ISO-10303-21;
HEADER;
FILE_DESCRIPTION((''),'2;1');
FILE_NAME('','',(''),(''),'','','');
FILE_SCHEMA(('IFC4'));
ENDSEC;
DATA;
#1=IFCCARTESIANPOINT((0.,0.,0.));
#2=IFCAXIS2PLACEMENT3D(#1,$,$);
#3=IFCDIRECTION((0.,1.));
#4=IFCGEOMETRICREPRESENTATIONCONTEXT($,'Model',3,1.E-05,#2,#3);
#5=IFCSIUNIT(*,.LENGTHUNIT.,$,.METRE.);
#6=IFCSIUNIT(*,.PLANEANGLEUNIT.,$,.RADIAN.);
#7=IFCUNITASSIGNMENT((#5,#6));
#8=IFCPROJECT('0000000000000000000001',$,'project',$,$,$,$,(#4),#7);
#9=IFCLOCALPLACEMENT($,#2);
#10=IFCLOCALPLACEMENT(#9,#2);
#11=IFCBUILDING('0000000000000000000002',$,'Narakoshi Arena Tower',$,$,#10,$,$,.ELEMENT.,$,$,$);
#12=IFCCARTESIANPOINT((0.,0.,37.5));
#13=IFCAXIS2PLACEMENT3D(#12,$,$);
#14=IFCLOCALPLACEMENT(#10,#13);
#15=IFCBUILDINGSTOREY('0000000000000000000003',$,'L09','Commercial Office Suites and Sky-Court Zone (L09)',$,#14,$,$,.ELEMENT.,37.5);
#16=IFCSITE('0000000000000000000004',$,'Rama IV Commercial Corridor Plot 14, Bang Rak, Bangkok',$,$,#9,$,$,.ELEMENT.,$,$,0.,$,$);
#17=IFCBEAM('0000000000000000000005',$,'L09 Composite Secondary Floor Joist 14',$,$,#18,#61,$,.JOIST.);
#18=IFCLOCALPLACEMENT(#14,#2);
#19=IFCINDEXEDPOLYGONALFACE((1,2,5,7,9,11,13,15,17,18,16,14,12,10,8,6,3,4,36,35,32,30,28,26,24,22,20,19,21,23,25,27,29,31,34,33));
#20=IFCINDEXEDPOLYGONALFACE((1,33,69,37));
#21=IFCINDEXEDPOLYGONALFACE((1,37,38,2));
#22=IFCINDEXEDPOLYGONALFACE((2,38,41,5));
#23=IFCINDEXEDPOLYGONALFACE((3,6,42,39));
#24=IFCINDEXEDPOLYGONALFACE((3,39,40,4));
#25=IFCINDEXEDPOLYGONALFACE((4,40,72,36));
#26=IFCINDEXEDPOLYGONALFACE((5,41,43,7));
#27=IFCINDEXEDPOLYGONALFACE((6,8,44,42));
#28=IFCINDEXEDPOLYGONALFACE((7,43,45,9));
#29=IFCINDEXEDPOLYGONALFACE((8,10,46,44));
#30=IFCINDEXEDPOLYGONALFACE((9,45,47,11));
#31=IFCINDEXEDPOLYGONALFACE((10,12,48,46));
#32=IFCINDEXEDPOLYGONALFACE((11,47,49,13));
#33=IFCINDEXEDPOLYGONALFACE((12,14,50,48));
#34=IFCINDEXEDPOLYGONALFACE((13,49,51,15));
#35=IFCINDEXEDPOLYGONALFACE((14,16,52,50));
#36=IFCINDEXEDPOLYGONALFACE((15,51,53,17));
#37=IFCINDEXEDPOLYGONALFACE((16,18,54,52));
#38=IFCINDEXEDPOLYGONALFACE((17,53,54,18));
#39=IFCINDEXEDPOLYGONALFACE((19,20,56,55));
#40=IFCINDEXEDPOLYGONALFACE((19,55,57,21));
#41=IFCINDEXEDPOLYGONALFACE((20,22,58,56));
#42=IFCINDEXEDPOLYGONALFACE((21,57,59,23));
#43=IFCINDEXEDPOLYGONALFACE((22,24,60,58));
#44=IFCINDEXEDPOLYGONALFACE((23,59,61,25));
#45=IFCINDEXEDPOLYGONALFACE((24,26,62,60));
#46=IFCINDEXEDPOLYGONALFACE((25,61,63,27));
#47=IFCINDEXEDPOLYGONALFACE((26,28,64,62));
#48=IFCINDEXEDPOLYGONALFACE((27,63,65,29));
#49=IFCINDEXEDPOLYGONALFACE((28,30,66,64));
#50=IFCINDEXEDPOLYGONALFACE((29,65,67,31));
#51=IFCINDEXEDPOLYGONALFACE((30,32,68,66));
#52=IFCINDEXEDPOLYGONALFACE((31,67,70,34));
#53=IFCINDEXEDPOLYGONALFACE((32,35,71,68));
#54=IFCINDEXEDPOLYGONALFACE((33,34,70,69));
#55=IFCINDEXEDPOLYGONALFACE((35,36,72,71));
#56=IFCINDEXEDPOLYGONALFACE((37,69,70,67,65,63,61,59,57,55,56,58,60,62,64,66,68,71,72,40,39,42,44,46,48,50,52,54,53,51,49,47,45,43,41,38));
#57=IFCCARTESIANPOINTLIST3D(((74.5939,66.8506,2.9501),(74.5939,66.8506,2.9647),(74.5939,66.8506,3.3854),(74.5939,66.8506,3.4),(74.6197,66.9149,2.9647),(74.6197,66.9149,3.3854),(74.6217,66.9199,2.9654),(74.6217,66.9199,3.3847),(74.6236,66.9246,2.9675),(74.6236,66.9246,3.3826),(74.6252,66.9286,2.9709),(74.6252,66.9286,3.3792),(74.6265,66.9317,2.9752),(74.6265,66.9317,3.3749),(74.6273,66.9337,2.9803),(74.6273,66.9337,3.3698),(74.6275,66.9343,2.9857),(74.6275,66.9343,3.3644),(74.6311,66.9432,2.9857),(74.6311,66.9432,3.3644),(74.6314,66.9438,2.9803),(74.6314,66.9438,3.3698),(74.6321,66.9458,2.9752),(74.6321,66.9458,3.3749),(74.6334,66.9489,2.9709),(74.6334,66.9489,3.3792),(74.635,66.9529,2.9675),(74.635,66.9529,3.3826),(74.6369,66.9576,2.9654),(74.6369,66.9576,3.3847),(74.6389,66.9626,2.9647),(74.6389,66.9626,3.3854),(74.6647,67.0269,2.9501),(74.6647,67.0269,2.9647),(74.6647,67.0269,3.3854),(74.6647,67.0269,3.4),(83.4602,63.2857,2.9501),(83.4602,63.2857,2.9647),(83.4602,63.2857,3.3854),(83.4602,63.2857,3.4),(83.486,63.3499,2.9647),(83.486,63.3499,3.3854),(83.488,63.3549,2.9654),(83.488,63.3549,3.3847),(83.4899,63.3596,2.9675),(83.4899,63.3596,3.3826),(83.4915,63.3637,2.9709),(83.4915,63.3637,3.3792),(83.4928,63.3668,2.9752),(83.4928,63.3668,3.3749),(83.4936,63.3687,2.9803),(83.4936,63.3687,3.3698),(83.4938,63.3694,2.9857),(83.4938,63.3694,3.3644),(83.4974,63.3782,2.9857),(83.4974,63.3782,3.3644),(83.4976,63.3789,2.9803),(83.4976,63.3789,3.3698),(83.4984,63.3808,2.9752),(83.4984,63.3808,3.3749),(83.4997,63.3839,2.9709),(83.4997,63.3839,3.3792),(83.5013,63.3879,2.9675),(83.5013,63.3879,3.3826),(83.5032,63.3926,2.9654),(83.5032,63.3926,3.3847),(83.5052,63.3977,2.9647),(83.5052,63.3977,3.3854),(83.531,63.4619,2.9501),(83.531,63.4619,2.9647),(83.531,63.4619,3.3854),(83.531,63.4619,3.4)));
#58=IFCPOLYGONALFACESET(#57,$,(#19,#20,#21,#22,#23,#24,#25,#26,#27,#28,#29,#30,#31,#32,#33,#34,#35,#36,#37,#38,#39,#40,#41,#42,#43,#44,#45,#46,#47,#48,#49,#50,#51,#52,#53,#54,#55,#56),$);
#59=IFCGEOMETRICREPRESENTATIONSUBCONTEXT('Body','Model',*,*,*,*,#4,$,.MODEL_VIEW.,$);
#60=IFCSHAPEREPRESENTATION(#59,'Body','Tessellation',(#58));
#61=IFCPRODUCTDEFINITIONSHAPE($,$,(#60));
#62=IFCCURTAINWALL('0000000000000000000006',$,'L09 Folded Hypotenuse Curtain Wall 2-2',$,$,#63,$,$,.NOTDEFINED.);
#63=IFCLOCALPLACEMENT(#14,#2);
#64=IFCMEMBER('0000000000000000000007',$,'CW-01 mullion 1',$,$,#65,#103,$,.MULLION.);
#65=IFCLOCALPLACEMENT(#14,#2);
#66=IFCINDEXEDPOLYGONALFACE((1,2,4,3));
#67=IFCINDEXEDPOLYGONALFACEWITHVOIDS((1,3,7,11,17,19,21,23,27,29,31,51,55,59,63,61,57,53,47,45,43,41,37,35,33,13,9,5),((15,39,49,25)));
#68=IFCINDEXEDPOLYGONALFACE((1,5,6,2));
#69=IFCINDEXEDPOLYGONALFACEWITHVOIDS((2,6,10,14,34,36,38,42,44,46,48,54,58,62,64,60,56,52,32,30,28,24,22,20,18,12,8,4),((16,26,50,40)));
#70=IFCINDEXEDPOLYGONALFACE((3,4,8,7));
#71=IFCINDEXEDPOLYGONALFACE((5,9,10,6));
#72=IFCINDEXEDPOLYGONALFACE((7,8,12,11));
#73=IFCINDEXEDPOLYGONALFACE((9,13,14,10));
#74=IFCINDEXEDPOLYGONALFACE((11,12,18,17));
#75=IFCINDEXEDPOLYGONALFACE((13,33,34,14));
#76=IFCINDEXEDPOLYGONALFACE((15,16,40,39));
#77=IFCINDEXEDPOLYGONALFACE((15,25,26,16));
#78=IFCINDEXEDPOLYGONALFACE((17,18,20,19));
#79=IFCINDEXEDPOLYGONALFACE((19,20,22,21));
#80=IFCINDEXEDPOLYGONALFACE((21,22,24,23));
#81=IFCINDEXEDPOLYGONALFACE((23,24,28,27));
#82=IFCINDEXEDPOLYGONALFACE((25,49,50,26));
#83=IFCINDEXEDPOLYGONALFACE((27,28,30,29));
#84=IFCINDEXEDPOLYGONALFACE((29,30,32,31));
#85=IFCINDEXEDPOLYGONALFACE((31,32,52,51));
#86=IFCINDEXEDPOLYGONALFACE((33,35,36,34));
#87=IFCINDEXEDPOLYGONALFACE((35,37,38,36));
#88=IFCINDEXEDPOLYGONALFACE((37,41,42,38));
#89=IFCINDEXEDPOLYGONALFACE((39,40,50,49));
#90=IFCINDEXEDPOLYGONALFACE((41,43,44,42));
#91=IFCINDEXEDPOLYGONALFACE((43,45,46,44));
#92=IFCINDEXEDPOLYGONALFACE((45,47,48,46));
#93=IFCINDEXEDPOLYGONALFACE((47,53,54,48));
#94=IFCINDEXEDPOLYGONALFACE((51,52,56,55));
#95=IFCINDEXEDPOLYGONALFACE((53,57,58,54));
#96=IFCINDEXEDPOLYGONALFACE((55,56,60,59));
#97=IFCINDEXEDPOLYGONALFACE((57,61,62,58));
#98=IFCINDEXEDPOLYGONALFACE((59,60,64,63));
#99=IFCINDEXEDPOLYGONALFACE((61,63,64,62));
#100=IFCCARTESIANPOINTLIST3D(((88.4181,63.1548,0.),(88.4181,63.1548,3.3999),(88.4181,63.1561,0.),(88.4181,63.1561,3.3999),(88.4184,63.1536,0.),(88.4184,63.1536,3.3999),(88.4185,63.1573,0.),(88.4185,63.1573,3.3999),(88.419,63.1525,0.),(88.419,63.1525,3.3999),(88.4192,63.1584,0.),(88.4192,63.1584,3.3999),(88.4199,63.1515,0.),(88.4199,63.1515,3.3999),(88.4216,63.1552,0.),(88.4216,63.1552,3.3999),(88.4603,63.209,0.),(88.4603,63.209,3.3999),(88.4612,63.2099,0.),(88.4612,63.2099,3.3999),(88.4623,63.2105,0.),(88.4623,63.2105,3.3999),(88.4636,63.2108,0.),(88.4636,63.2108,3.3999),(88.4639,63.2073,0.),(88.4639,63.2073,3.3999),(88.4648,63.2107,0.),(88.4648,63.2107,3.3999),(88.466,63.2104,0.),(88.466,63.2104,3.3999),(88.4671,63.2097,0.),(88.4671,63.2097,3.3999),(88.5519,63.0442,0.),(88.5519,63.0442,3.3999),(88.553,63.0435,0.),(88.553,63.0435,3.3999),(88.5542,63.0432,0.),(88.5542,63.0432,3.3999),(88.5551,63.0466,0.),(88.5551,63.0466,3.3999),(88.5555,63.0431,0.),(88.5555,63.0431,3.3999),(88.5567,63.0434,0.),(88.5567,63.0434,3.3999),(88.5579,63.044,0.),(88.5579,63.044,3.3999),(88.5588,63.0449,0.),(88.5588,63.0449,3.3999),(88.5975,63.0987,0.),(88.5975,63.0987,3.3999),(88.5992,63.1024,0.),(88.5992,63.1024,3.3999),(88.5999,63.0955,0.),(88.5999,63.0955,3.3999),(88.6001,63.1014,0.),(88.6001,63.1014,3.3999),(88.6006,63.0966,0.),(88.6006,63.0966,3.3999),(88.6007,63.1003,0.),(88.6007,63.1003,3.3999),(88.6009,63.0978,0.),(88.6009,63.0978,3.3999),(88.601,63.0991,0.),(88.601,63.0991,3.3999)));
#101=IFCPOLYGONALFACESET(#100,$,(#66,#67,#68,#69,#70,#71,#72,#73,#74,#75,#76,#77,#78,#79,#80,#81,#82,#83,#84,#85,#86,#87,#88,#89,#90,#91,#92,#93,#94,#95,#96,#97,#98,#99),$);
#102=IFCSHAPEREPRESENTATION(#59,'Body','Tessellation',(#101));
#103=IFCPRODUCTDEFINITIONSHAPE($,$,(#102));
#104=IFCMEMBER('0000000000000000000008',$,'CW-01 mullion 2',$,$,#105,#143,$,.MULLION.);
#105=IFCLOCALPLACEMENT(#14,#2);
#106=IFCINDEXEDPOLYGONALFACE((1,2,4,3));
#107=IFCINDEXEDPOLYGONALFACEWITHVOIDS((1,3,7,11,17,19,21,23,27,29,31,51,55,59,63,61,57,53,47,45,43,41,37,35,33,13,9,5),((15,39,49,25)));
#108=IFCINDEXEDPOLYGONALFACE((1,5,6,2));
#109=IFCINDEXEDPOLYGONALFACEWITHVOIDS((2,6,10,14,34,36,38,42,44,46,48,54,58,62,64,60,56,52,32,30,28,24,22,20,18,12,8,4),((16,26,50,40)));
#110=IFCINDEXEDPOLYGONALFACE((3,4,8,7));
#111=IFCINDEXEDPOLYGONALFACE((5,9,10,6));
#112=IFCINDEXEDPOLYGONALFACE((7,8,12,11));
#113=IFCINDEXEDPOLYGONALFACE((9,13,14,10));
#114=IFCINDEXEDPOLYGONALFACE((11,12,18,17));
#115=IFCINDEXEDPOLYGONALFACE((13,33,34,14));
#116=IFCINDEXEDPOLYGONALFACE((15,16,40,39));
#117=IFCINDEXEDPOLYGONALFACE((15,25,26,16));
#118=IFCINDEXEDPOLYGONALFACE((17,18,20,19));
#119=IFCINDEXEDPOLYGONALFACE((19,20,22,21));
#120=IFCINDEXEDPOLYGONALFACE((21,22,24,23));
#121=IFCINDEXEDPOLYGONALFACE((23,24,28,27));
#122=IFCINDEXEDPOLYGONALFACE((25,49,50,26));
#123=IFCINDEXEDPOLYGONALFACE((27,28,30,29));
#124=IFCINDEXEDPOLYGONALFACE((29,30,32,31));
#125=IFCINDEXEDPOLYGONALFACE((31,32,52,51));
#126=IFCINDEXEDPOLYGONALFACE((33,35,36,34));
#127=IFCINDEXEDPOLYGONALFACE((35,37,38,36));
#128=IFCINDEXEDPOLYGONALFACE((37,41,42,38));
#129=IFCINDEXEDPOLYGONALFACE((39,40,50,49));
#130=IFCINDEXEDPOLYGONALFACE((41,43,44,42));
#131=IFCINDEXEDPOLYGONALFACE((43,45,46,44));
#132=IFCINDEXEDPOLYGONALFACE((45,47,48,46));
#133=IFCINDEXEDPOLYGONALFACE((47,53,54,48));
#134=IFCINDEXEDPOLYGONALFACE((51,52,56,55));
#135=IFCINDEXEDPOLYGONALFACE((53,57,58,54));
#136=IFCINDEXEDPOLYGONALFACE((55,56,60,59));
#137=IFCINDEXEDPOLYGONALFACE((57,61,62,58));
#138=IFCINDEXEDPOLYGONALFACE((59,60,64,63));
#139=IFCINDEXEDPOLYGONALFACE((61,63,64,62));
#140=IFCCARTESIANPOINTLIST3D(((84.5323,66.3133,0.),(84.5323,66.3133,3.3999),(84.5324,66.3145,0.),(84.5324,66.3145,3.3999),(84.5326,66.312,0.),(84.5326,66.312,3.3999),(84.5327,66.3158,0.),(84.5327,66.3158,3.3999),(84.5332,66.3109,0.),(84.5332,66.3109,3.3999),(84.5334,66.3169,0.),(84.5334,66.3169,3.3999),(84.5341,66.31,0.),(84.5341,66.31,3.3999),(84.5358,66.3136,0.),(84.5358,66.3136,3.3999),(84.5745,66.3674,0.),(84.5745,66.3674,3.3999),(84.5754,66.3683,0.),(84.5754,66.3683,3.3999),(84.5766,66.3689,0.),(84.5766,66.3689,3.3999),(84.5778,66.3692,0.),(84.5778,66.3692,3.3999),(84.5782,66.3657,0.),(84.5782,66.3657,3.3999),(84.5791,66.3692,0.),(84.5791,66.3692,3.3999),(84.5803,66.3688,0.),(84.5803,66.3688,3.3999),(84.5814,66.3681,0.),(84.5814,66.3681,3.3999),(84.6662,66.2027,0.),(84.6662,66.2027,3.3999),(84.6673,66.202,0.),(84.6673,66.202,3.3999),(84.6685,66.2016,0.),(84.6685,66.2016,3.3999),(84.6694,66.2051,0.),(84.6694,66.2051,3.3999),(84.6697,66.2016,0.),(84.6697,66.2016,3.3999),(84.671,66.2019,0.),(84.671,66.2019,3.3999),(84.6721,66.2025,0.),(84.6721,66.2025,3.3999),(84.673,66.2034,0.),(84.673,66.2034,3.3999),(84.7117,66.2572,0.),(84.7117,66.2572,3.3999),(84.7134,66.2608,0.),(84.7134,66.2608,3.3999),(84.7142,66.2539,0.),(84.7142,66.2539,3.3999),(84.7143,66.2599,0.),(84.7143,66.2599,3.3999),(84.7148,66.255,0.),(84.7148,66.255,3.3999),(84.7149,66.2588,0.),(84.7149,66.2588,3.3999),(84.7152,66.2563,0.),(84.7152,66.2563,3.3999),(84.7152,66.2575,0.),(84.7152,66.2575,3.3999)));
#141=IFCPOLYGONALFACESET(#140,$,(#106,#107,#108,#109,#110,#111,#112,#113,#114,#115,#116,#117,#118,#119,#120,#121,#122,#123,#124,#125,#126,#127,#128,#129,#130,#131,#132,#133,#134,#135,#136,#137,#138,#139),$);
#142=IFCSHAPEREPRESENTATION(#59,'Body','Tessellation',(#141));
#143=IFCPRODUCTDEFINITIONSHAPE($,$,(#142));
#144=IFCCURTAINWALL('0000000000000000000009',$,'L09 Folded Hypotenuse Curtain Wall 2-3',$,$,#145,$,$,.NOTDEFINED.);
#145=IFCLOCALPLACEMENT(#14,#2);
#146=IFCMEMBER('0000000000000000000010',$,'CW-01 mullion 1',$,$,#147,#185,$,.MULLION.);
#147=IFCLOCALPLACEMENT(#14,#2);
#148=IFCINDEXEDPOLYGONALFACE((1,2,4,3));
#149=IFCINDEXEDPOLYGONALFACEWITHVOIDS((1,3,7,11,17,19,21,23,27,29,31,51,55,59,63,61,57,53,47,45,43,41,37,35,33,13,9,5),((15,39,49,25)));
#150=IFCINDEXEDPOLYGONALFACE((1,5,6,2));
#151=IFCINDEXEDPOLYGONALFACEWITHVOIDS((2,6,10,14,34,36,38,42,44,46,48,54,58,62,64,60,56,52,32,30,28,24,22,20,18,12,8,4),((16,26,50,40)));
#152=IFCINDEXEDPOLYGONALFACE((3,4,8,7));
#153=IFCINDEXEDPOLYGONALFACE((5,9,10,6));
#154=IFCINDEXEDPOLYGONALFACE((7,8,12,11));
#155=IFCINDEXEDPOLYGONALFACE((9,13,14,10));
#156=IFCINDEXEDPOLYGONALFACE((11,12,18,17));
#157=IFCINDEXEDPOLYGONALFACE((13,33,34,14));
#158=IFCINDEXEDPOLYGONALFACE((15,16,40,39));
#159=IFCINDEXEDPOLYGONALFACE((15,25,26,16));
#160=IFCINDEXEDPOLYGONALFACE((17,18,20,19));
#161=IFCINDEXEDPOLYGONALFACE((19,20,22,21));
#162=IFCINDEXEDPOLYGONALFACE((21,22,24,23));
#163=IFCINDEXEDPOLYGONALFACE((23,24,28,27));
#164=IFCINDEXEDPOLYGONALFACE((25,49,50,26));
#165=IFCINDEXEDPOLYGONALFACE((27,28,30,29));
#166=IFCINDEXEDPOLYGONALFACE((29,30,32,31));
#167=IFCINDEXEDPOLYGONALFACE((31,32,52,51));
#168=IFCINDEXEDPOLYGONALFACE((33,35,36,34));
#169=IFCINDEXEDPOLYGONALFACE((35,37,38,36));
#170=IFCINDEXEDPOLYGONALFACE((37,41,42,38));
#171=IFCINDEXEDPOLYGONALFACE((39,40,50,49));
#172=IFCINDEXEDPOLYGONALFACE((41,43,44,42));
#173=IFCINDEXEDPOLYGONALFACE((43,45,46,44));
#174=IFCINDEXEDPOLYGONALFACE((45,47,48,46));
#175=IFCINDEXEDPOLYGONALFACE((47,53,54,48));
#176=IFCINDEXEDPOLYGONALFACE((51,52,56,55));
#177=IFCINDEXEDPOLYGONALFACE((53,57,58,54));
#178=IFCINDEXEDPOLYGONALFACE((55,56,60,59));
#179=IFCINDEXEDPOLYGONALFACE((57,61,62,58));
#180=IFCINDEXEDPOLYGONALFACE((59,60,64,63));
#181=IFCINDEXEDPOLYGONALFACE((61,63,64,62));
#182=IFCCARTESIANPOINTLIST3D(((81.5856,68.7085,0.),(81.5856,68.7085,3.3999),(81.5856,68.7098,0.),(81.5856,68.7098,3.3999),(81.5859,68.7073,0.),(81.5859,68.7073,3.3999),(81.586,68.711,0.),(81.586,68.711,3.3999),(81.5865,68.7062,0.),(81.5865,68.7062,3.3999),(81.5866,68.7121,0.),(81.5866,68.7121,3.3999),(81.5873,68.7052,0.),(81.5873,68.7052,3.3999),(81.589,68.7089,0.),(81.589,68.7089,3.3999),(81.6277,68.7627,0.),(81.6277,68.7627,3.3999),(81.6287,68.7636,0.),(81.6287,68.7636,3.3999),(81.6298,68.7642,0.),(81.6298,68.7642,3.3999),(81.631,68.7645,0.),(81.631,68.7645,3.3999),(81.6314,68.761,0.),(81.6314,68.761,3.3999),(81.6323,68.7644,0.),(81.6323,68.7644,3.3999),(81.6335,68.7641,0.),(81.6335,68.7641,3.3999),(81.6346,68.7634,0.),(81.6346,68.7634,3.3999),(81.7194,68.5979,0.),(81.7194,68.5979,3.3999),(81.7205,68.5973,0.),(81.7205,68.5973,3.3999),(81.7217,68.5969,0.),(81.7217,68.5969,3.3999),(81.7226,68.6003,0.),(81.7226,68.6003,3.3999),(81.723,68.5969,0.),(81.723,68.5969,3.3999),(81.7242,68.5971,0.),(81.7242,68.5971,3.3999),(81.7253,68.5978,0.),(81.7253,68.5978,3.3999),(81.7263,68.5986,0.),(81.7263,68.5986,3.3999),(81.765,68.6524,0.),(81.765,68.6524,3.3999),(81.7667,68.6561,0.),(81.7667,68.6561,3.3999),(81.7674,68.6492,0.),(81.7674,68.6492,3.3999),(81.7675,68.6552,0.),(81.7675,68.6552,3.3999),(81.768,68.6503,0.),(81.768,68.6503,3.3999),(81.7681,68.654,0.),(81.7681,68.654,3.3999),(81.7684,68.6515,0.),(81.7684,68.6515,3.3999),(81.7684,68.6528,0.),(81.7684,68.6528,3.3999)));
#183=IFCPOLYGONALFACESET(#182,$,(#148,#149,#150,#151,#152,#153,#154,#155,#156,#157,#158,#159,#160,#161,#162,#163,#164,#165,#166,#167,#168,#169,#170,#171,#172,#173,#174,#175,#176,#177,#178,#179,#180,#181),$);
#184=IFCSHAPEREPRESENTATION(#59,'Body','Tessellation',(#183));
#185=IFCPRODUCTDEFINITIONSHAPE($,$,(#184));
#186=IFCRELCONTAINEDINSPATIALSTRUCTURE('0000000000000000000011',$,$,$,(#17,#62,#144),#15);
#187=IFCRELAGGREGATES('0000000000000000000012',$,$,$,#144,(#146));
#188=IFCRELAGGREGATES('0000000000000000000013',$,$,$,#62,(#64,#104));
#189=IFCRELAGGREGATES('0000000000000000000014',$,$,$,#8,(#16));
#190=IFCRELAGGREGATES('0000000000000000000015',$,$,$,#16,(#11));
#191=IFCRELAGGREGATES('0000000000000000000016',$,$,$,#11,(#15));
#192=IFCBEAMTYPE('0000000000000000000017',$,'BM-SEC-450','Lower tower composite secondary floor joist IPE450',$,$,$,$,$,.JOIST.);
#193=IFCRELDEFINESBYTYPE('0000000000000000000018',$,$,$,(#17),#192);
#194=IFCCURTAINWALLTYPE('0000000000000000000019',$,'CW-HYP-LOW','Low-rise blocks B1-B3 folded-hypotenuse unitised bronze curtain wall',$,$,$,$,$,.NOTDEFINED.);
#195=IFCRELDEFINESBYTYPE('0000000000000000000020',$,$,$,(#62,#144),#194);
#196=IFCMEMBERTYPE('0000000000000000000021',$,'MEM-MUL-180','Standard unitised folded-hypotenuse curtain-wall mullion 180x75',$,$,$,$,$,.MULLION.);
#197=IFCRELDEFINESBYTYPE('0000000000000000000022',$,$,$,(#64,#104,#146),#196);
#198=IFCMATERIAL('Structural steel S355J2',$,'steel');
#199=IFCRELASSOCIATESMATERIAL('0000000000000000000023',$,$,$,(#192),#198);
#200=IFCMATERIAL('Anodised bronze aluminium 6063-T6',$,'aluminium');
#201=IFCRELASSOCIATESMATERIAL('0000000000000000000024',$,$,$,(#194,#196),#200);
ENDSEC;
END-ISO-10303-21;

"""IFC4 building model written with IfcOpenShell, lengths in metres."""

from ifc_helpers import new_model, si_unit, direction, frame, origin, origin_2d, place, context, subcontext, project, spatial, hollow_rectangle, i_section, extrude, material, material_profile, profile_set, type_object, element, aggregate, save


model = new_model("IFC4")

# Units and contexts
model_context = context("Model", 3, precision=1e-05, world=origin(), true_north=direction((0.0, 1.0)))
body_context = subcontext(model_context, "Body", "Model", "MODEL_VIEW")
ifc_project = project(units=[si_unit("LENGTHUNIT", "METRE"), si_unit("PLANEANGLEUNIT", "RADIAN")], contexts=[model_context])

# Site, building, storey
site_placement = place(None, origin())
site = spatial("IfcSite", under=ifc_project, at=site_placement, Name="Rama IV Commercial Corridor Plot 14, Bang Rak, Bangkok", CompositionType="ELEMENT", RefElevation=0.0)
building_placement = place(site_placement, origin())
building = spatial("IfcBuilding", under=site, at=building_placement, Name="Narakoshi Arena Tower", CompositionType="ELEMENT")
storey_placement = place(building_placement, frame((0.0, 0.0, 37.5)))
storey = spatial("IfcBuildingStorey", under=building, at=storey_placement, Name="L09", Description="Commercial Office Suites and Sky-Court Zone (L09)", CompositionType="ELEMENT", Elevation=37.5)

# Beam
ifc_material_1 = material(Name="Structural steel S355J2", Category="steel")
ifc_material_profile_1 = material_profile(ifc_material_1, i_section(OverallWidth=0.1899, OverallDepth=0.45, WebThickness=0.0095, FlangeThickness=0.0146, FilletRadius=0.021, at=origin_2d()), Name="IPE450")
ifc_profile_set_1 = profile_set([ifc_material_profile_1], Name="Structural steel S355J2")
beam_type_1 = type_object("IfcBeamType", Name="BM-SEC-450", Description="Lower tower composite secondary floor joist IPE450", PredefinedType="JOIST", material=ifc_profile_set_1)
beam_1_placement = place(storey_placement, frame((83.4956, 63.3738, 3.175), z_axis=(-0.927809, 0.373055, 0.0), x_axis=(-0.373055, -0.927809, 0.0)))
element("IfcBeam", 1, at=beam_1_placement, inside=storey, type_object=beam_type_1, Name="L09 Composite Secondary Floor Joist 14", PredefinedType="JOIST", context=body_context, shape_type="SweptSolid", body=[
    extrude(i_section(OverallWidth=0.1899, OverallDepth=0.45, WebThickness=0.0095, FlangeThickness=0.0146, FilletRadius=0.021, at=origin_2d()), origin(), (0.0, 0.0, 1.0), 9.5562),
])

# Curtain wall, members
ifc_material_2 = material(Name="Anodised bronze aluminium 6063-T6", Category="aluminium")
curtain_wall_type = type_object("IfcCurtainWallType", Name="CW-HYP-LOW", Description="Low-rise blocks B1-B3 folded-hypotenuse unitised bronze curtain wall", PredefinedType="NOTDEFINED", material=ifc_material_2)
curtain_wall_1_placement = place(storey_placement, origin())
curtain_wall_1 = element("IfcCurtainWall", 2, at=curtain_wall_1_placement, inside=storey, type_object=curtain_wall_type, Name="L09 Folded Hypotenuse Curtain Wall 2-2", PredefinedType="NOTDEFINED")
ifc_material_profile_2 = material_profile(ifc_material_2, hollow_rectangle(XDim=0.075, YDim=0.1799, WallThickness=0.0039, OuterFilletRadius=0.0049, at=origin_2d()), Name="MUL180x75x4")
ifc_profile_set_2 = profile_set([ifc_material_profile_2], Name="Anodised bronze aluminium 6063-T6")
member_type_1 = type_object("IfcMemberType", Name="MEM-MUL-180", Description="Standard unitised folded-hypotenuse curtain-wall mullion 180x75", PredefinedType="MULLION", material=ifc_profile_set_2)
member_1_placement = place(storey_placement, frame((88.5095, 63.127, 0.0), z_axis=(0.0, 0.0, 1.0), x_axis=(-0.630735, -0.775998, 0.0)))
member_1 = element("IfcMember", 3, at=member_1_placement, type_object=member_type_1, Name="CW-01 mullion 1", PredefinedType="MULLION", context=body_context, shape_type="SweptSolid", body=[
    extrude(hollow_rectangle(XDim=0.075, YDim=0.1799, WallThickness=0.0039, OuterFilletRadius=0.0049, at=origin_2d()), origin(), (0.0, 0.0, 1.0), 3.3999),
])
member_2_placement = place(storey_placement, frame((84.6238, 66.2854, 0.0), z_axis=(0.0, 0.0, 1.0), x_axis=(-0.630735, -0.775998, 0.0)))
member_2 = element("IfcMember", 4, at=member_2_placement, type_object=member_type_1, Name="CW-01 mullion 2", PredefinedType="MULLION", context=body_context, shape_type="SweptSolid", body=[
    extrude(hollow_rectangle(XDim=0.075, YDim=0.1799, WallThickness=0.0039, OuterFilletRadius=0.0049, at=origin_2d()), origin(), (0.0, 0.0, 1.0), 3.3999),
])

# Curtain wall, member
curtain_wall_2_placement = place(storey_placement, origin())
curtain_wall_2 = element("IfcCurtainWall", 5, at=curtain_wall_2_placement, inside=storey, type_object=curtain_wall_type, Name="L09 Folded Hypotenuse Curtain Wall 2-3", PredefinedType="NOTDEFINED")
member_3_placement = place(storey_placement, frame((81.677, 68.6807, 0.0), z_axis=(0.0, 0.0, 1.0), x_axis=(-0.630723, -0.776008, 0.0)))
member_3 = element("IfcMember", 6, at=member_3_placement, type_object=member_type_1, Name="CW-01 mullion 1", PredefinedType="MULLION", context=body_context, shape_type="SweptSolid", body=[
    extrude(hollow_rectangle(XDim=0.075, YDim=0.1799, WallThickness=0.0039, OuterFilletRadius=0.0049, at=origin_2d()), origin(), (0.0, 0.0, 1.0), 3.3999),
])

aggregate(curtain_wall_2, [member_3])

aggregate(curtain_wall_1, [member_1, member_2])

save(model, "model.ifc")
